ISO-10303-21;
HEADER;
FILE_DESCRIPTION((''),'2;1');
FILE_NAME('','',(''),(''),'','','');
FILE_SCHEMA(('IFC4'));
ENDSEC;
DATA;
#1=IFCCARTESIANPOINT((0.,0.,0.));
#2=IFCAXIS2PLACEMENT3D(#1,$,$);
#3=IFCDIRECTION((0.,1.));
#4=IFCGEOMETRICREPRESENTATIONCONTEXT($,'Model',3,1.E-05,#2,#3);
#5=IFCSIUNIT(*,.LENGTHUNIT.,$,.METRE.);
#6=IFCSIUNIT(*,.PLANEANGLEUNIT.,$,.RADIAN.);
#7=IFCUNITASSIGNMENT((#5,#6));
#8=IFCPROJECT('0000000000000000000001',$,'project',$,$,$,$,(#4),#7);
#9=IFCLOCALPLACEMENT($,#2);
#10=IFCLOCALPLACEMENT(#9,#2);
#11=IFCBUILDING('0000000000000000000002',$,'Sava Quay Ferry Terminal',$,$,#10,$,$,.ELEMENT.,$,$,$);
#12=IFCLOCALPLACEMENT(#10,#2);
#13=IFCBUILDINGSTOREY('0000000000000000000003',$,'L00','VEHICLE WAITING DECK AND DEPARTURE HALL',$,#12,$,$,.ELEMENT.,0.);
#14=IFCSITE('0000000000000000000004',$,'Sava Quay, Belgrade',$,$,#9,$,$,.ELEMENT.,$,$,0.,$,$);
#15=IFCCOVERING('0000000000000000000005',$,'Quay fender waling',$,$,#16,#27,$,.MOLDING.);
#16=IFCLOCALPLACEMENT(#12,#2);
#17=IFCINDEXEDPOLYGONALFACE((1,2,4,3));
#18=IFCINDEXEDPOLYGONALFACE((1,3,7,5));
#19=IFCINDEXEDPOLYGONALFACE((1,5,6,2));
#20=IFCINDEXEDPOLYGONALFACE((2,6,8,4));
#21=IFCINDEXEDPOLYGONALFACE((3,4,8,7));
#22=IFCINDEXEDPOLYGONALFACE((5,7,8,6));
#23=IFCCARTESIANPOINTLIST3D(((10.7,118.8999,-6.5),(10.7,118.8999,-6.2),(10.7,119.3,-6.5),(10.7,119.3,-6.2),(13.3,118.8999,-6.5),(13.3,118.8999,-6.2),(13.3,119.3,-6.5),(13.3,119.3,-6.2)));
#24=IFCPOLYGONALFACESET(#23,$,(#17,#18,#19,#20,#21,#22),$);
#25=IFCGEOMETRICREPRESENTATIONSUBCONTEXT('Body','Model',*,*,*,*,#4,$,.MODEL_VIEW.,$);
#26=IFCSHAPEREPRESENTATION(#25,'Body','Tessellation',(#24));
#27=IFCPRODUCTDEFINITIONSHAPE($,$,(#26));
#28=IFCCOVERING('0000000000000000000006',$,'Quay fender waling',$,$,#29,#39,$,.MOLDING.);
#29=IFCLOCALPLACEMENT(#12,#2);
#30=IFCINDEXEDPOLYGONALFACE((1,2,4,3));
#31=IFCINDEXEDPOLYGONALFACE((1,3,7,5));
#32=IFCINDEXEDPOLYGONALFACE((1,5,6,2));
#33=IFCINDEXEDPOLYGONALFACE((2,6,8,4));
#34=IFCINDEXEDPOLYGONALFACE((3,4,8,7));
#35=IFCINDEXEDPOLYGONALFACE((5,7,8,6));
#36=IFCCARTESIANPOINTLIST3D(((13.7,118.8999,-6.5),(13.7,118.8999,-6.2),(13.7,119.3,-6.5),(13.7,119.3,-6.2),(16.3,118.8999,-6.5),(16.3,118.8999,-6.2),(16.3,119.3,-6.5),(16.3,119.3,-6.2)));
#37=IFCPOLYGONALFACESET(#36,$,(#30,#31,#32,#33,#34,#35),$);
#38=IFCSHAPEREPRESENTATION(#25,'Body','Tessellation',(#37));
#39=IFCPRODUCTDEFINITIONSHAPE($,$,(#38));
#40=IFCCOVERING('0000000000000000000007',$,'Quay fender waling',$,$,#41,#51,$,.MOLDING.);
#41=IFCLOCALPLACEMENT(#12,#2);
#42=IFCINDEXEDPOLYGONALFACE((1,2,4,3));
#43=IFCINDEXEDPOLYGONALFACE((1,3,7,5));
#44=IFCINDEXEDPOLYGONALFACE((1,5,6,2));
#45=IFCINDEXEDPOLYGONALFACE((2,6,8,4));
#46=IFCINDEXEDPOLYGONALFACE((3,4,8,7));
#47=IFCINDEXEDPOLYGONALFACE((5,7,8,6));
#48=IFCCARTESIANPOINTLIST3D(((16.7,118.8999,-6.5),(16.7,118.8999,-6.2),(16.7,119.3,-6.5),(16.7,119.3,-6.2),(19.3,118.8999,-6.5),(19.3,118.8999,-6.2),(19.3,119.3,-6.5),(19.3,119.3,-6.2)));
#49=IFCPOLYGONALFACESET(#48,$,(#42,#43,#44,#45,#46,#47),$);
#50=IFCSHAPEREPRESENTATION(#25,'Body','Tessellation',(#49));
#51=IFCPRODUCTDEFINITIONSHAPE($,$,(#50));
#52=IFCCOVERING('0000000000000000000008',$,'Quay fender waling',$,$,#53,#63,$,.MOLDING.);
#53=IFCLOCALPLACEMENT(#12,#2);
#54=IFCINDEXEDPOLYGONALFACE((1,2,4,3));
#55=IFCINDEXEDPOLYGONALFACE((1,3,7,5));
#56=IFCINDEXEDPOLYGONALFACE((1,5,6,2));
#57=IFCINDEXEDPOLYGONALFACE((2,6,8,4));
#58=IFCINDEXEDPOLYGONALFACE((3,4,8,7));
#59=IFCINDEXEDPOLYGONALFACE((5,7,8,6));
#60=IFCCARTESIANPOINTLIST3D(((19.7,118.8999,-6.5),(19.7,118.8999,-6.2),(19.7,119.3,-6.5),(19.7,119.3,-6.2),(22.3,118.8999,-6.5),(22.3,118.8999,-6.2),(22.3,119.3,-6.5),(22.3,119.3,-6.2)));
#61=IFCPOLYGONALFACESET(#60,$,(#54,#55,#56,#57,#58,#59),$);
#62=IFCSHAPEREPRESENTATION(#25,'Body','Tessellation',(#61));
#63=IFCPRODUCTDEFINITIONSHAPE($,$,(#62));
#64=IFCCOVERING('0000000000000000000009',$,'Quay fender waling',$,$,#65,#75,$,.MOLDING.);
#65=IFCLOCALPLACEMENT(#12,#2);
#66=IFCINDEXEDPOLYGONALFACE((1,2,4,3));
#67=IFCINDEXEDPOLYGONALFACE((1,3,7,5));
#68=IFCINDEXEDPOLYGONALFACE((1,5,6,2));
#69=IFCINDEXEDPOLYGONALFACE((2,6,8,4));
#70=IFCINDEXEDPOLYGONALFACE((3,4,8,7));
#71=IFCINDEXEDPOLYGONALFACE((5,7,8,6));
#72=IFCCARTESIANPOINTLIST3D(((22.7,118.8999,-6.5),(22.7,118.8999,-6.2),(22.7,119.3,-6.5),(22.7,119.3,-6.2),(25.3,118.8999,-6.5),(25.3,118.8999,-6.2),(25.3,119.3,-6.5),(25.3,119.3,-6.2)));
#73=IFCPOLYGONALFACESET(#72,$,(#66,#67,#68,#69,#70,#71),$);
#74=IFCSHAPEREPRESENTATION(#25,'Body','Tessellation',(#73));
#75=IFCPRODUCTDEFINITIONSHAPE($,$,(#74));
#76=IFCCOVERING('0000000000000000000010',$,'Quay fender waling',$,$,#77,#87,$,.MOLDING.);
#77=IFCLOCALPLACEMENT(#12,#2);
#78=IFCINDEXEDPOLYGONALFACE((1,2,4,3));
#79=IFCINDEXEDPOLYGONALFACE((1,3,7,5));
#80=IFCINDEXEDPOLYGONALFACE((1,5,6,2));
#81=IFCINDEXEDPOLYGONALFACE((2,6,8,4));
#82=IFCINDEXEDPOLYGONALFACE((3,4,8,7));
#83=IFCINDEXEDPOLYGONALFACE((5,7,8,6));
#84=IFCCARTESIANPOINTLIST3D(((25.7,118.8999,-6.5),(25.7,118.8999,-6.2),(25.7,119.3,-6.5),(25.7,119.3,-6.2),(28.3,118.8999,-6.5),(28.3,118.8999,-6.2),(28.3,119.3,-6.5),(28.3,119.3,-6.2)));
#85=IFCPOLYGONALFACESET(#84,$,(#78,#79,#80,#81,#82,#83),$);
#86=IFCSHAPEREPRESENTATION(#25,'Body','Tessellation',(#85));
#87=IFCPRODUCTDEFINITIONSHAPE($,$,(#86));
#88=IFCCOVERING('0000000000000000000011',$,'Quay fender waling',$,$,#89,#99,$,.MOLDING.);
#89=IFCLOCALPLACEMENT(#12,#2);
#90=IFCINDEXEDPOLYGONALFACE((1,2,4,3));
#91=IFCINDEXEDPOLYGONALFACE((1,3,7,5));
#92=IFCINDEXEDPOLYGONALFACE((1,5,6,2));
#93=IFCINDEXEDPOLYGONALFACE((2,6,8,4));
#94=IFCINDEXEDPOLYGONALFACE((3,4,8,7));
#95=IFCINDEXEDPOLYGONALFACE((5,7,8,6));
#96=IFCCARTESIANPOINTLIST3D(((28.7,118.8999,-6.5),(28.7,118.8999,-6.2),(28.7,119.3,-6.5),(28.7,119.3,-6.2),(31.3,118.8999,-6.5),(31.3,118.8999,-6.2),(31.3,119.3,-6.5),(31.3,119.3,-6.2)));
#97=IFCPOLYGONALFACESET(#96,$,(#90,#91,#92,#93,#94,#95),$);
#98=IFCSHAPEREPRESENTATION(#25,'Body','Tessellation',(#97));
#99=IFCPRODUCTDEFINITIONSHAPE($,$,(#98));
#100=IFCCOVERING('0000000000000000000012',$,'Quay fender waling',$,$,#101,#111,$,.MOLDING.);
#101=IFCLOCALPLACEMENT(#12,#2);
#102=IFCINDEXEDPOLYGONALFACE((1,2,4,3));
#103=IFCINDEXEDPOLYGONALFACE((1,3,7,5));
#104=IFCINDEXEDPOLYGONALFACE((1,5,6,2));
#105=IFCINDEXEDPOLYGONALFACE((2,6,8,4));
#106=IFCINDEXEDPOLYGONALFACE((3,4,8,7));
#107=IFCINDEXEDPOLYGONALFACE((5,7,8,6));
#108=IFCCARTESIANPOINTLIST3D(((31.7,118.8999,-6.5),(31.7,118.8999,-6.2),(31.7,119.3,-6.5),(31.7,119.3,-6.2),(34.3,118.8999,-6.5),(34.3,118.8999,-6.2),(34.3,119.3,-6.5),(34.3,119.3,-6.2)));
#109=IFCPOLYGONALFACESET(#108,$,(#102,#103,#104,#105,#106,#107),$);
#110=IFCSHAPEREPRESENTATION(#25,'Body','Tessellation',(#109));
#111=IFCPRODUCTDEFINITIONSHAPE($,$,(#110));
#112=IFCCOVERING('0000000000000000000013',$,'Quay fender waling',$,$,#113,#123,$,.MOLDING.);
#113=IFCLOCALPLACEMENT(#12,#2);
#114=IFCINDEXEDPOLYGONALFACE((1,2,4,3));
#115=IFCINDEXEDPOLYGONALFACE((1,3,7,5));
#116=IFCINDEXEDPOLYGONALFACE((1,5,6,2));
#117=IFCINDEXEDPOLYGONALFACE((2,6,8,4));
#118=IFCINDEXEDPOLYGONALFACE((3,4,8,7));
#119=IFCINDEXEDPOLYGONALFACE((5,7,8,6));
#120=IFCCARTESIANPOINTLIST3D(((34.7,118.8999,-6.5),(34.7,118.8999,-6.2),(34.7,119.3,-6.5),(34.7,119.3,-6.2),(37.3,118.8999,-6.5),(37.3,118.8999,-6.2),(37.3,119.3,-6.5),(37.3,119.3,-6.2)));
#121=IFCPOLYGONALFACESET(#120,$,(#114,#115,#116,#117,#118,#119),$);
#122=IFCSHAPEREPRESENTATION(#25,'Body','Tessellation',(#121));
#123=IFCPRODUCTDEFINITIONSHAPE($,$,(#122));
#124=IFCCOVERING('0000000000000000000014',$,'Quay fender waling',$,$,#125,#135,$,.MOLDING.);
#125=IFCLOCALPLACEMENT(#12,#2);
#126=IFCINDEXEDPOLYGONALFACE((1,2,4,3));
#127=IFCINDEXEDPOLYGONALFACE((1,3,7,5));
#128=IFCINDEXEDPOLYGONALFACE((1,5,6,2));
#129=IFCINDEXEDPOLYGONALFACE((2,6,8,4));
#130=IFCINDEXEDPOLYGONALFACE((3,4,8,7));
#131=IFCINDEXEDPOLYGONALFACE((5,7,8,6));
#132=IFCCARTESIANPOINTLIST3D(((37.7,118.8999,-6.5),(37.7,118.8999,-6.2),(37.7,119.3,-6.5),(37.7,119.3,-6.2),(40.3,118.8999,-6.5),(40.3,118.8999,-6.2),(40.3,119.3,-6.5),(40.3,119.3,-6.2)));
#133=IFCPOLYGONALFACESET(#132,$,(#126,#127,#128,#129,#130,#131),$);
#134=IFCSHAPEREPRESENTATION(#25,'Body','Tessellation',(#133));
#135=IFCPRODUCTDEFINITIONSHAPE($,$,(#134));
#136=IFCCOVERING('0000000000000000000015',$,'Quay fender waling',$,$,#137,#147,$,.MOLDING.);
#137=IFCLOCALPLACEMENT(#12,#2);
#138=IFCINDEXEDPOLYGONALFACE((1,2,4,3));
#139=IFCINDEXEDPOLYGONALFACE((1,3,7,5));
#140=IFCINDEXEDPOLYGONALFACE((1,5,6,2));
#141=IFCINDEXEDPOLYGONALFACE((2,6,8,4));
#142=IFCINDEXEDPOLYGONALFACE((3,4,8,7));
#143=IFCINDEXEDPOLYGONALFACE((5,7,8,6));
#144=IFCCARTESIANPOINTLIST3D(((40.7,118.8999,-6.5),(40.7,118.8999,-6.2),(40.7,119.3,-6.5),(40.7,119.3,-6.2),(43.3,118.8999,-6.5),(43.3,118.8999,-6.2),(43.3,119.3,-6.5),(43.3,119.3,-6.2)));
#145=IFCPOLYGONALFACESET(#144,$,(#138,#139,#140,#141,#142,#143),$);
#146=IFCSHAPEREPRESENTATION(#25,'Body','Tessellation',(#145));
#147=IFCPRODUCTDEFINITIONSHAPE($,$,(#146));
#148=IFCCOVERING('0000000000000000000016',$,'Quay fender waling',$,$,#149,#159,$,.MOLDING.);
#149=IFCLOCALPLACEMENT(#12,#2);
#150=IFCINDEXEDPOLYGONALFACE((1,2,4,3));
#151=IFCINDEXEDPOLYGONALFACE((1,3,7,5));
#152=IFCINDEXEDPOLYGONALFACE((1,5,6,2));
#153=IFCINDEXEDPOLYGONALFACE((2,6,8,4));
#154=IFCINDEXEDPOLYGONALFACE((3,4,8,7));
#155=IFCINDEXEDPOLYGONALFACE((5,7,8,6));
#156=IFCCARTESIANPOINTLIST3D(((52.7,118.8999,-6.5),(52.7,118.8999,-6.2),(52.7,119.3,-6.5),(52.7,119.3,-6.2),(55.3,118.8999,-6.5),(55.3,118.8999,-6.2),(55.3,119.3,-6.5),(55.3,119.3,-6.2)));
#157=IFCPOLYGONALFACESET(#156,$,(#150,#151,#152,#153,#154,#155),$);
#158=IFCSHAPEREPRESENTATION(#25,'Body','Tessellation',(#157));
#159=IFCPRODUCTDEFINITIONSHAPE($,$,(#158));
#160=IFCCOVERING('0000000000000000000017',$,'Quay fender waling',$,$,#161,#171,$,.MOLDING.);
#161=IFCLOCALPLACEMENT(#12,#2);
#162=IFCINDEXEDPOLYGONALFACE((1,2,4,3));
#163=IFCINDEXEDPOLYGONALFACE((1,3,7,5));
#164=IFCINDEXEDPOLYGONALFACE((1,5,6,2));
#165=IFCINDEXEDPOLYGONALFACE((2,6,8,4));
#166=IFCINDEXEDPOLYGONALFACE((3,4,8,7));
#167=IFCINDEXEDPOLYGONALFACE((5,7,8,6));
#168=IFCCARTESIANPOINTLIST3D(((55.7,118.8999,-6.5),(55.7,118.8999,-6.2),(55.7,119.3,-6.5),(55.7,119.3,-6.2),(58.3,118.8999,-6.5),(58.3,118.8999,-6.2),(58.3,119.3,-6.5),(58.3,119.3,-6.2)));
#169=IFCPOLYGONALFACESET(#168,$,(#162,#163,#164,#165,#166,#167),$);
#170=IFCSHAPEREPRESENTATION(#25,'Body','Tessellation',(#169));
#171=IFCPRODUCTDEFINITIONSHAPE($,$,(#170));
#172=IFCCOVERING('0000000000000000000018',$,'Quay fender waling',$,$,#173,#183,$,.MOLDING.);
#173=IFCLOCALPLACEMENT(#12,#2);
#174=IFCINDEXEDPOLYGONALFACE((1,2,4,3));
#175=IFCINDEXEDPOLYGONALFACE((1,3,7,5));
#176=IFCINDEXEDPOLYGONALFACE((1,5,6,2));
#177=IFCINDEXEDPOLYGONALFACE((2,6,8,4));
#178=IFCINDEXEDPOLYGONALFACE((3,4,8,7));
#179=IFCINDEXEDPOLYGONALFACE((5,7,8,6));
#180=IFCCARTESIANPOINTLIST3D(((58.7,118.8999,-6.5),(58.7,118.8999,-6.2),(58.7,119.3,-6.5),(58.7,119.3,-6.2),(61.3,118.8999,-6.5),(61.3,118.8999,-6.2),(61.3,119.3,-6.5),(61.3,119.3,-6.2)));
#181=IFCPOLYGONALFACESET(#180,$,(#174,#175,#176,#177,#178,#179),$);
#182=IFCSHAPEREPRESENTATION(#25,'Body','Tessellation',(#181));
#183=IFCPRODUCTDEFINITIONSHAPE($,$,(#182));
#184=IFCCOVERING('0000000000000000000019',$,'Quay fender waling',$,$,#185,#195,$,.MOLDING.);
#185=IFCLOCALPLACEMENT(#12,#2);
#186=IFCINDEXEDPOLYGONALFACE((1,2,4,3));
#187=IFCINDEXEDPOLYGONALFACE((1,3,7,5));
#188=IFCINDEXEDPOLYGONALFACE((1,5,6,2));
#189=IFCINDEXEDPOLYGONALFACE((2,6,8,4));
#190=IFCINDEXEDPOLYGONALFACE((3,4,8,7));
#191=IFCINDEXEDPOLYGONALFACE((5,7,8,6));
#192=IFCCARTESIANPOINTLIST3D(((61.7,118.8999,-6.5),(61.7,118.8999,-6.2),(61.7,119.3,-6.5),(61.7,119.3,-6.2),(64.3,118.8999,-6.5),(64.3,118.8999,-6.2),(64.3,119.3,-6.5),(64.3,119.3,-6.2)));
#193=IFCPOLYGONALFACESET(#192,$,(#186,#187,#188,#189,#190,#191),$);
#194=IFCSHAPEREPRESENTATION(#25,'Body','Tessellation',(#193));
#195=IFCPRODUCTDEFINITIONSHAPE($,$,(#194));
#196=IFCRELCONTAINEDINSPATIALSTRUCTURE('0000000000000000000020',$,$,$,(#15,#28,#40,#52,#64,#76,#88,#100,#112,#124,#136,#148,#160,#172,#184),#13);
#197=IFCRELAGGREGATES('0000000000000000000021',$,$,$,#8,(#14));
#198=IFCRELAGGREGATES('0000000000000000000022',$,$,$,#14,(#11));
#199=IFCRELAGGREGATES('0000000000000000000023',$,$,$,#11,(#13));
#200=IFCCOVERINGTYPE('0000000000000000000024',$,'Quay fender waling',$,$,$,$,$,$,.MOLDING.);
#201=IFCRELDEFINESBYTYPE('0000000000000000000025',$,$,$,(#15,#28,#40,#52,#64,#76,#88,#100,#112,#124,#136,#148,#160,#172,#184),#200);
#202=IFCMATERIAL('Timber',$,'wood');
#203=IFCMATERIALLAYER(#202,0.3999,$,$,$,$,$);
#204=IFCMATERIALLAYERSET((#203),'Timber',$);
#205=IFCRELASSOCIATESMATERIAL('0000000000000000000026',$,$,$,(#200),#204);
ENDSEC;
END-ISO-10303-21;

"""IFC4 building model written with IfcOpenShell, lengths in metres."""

from ifc_helpers import new_model, si_unit, direction, frame, origin, place, context, subcontext, project, spatial, polyline, outline, extrude, material, layer, layer_set, type_object, element, save


model = new_model("IFC4")

# Units and contexts
model_context = context("Model", 3, precision=1e-05, world=origin(), true_north=direction((0.0, 1.0)))
body_context = subcontext(model_context, "Body", "Model", "MODEL_VIEW")
ifc_project = project(units=[si_unit("LENGTHUNIT", "METRE"), si_unit("PLANEANGLEUNIT", "RADIAN")], contexts=[model_context])

# Site, building, storey
site_placement = place(None, origin())
site = spatial("IfcSite", under=ifc_project, at=site_placement, Name="Sava Quay, Belgrade", CompositionType="ELEMENT", RefElevation=0.0)
building_placement = place(site_placement, origin())
building = spatial("IfcBuilding", under=site, at=building_placement, Name="Sava Quay Ferry Terminal", CompositionType="ELEMENT")
storey_placement = place(building_placement, origin())
storey = spatial("IfcBuildingStorey", under=building, at=storey_placement, Name="L00", Description="VEHICLE WAITING DECK AND DEPARTURE HALL", CompositionType="ELEMENT", Elevation=0.0)

# Coverings
ifc_material = material(Name="Timber", Category="wood")
ifc_layer = layer(ifc_material, 0.3999)
ifc_layer_set = layer_set([ifc_layer], Name="Timber")
covering_type = type_object("IfcCoveringType", Name="Quay fender waling", PredefinedType="MOLDING", material=ifc_layer_set)
covering_1_placement = place(storey_placement, frame((0.0, 0.0, -6.5)))
element("IfcCovering", 1, at=covering_1_placement, inside=storey, type_object=covering_type, Name="Quay fender waling", PredefinedType="MOLDING", context=body_context, shape_type="SweptSolid", body=[
    extrude(outline(polyline([(13.3, 118.8999), (13.3, 119.3), (10.7, 119.3), (10.7, 118.8999), (13.3, 118.8999)])), origin(), (0.0, 0.0, 1.0), 0.3),
])
covering_2_placement = place(storey_placement, frame((0.0, 0.0, -6.5)))
element("IfcCovering", 2, at=covering_2_placement, inside=storey, type_object=covering_type, Name="Quay fender waling", PredefinedType="MOLDING", context=body_context, shape_type="SweptSolid", body=[
    extrude(outline(polyline([(16.3, 118.8999), (16.3, 119.3), (13.7, 119.3), (13.7, 118.8999), (16.3, 118.8999)])), origin(), (0.0, 0.0, 1.0), 0.3),
])
covering_3_placement = place(storey_placement, frame((0.0, 0.0, -6.5)))
element("IfcCovering", 3, at=covering_3_placement, inside=storey, type_object=covering_type, Name="Quay fender waling", PredefinedType="MOLDING", context=body_context, shape_type="SweptSolid", body=[
    extrude(outline(polyline([(19.3, 118.8999), (19.3, 119.3), (16.7, 119.3), (16.7, 118.8999), (19.3, 118.8999)])), origin(), (0.0, 0.0, 1.0), 0.3),
])
covering_4_placement = place(storey_placement, frame((0.0, 0.0, -6.5)))
element("IfcCovering", 4, at=covering_4_placement, inside=storey, type_object=covering_type, Name="Quay fender waling", PredefinedType="MOLDING", context=body_context, shape_type="SweptSolid", body=[
    extrude(outline(polyline([(22.3, 118.8999), (22.3, 119.3), (19.7, 119.3), (19.7, 118.8999), (22.3, 118.8999)])), origin(), (0.0, 0.0, 1.0), 0.3),
])
covering_5_placement = place(storey_placement, frame((0.0, 0.0, -6.5)))
element("IfcCovering", 5, at=covering_5_placement, inside=storey, type_object=covering_type, Name="Quay fender waling", PredefinedType="MOLDING", context=body_context, shape_type="SweptSolid", body=[
    extrude(outline(polyline([(25.3, 118.8999), (25.3, 119.3), (22.7, 119.3), (22.7, 118.8999), (25.3, 118.8999)])), origin(), (0.0, 0.0, 1.0), 0.3),
])
covering_6_placement = place(storey_placement, frame((0.0, 0.0, -6.5)))
element("IfcCovering", 6, at=covering_6_placement, inside=storey, type_object=covering_type, Name="Quay fender waling", PredefinedType="MOLDING", context=body_context, shape_type="SweptSolid", body=[
    extrude(outline(polyline([(28.3, 118.8999), (28.3, 119.3), (25.7, 119.3), (25.7, 118.8999), (28.3, 118.8999)])), origin(), (0.0, 0.0, 1.0), 0.3),
])
covering_7_placement = place(storey_placement, frame((0.0, 0.0, -6.5)))
element("IfcCovering", 7, at=covering_7_placement, inside=storey, type_object=covering_type, Name="Quay fender waling", PredefinedType="MOLDING", context=body_context, shape_type="SweptSolid", body=[
    extrude(outline(polyline([(31.3, 118.8999), (31.3, 119.3), (28.7, 119.3), (28.7, 118.8999), (31.3, 118.8999)])), origin(), (0.0, 0.0, 1.0), 0.3),
])
covering_8_placement = place(storey_placement, frame((0.0, 0.0, -6.5)))
element("IfcCovering", 8, at=covering_8_placement, inside=storey, type_object=covering_type, Name="Quay fender waling", PredefinedType="MOLDING", context=body_context, shape_type="SweptSolid", body=[
    extrude(outline(polyline([(34.3, 118.8999), (34.3, 119.3), (31.7, 119.3), (31.7, 118.8999), (34.3, 118.8999)])), origin(), (0.0, 0.0, 1.0), 0.3),
])
covering_9_placement = place(storey_placement, frame((0.0, 0.0, -6.5)))
element("IfcCovering", 9, at=covering_9_placement, inside=storey, type_object=covering_type, Name="Quay fender waling", PredefinedType="MOLDING", context=body_context, shape_type="SweptSolid", body=[
    extrude(outline(polyline([(37.3, 118.8999), (37.3, 119.3), (34.7, 119.3), (34.7, 118.8999), (37.3, 118.8999)])), origin(), (0.0, 0.0, 1.0), 0.3),
])
covering_10_placement = place(storey_placement, frame((0.0, 0.0, -6.5)))
element("IfcCovering", 10, at=covering_10_placement, inside=storey, type_object=covering_type, Name="Quay fender waling", PredefinedType="MOLDING", context=body_context, shape_type="SweptSolid", body=[
    extrude(outline(polyline([(40.3, 118.8999), (40.3, 119.3), (37.7, 119.3), (37.7, 118.8999), (40.3, 118.8999)])), origin(), (0.0, 0.0, 1.0), 0.3),
])
covering_11_placement = place(storey_placement, frame((0.0, 0.0, -6.5)))
element("IfcCovering", 11, at=covering_11_placement, inside=storey, type_object=covering_type, Name="Quay fender waling", PredefinedType="MOLDING", context=body_context, shape_type="SweptSolid", body=[
    extrude(outline(polyline([(43.3, 118.8999), (43.3, 119.3), (40.7, 119.3), (40.7, 118.8999), (43.3, 118.8999)])), origin(), (0.0, 0.0, 1.0), 0.3),
])
covering_12_placement = place(storey_placement, frame((0.0, 0.0, -6.5)))
element("IfcCovering", 12, at=covering_12_placement, inside=storey, type_object=covering_type, Name="Quay fender waling", PredefinedType="MOLDING", context=body_context, shape_type="SweptSolid", body=[
    extrude(outline(polyline([(55.3, 118.8999), (55.3, 119.3), (52.7, 119.3), (52.7, 118.8999), (55.3, 118.8999)])), origin(), (0.0, 0.0, 1.0), 0.3),
])
covering_13_placement = place(storey_placement, frame((0.0, 0.0, -6.5)))
element("IfcCovering", 13, at=covering_13_placement, inside=storey, type_object=covering_type, Name="Quay fender waling", PredefinedType="MOLDING", context=body_context, shape_type="SweptSolid", body=[
    extrude(outline(polyline([(58.3, 118.8999), (58.3, 119.3), (55.7, 119.3), (55.7, 118.8999), (58.3, 118.8999)])), origin(), (0.0, 0.0, 1.0), 0.3),
])
covering_14_placement = place(storey_placement, frame((0.0, 0.0, -6.5)))
element("IfcCovering", 14, at=covering_14_placement, inside=storey, type_object=covering_type, Name="Quay fender waling", PredefinedType="MOLDING", context=body_context, shape_type="SweptSolid", body=[
    extrude(outline(polyline([(61.3, 118.8999), (61.3, 119.3), (58.7, 119.3), (58.7, 118.8999), (61.3, 118.8999)])), origin(), (0.0, 0.0, 1.0), 0.3),
])
covering_15_placement = place(storey_placement, frame((0.0, 0.0, -6.5)))
element("IfcCovering", 15, at=covering_15_placement, inside=storey, type_object=covering_type, Name="Quay fender waling", PredefinedType="MOLDING", context=body_context, shape_type="SweptSolid", body=[
    extrude(outline(polyline([(64.3, 118.8999), (64.3, 119.3), (61.7, 119.3), (61.7, 118.8999), (64.3, 118.8999)])), origin(), (0.0, 0.0, 1.0), 0.3),
])

save(model, "model.ifc")
